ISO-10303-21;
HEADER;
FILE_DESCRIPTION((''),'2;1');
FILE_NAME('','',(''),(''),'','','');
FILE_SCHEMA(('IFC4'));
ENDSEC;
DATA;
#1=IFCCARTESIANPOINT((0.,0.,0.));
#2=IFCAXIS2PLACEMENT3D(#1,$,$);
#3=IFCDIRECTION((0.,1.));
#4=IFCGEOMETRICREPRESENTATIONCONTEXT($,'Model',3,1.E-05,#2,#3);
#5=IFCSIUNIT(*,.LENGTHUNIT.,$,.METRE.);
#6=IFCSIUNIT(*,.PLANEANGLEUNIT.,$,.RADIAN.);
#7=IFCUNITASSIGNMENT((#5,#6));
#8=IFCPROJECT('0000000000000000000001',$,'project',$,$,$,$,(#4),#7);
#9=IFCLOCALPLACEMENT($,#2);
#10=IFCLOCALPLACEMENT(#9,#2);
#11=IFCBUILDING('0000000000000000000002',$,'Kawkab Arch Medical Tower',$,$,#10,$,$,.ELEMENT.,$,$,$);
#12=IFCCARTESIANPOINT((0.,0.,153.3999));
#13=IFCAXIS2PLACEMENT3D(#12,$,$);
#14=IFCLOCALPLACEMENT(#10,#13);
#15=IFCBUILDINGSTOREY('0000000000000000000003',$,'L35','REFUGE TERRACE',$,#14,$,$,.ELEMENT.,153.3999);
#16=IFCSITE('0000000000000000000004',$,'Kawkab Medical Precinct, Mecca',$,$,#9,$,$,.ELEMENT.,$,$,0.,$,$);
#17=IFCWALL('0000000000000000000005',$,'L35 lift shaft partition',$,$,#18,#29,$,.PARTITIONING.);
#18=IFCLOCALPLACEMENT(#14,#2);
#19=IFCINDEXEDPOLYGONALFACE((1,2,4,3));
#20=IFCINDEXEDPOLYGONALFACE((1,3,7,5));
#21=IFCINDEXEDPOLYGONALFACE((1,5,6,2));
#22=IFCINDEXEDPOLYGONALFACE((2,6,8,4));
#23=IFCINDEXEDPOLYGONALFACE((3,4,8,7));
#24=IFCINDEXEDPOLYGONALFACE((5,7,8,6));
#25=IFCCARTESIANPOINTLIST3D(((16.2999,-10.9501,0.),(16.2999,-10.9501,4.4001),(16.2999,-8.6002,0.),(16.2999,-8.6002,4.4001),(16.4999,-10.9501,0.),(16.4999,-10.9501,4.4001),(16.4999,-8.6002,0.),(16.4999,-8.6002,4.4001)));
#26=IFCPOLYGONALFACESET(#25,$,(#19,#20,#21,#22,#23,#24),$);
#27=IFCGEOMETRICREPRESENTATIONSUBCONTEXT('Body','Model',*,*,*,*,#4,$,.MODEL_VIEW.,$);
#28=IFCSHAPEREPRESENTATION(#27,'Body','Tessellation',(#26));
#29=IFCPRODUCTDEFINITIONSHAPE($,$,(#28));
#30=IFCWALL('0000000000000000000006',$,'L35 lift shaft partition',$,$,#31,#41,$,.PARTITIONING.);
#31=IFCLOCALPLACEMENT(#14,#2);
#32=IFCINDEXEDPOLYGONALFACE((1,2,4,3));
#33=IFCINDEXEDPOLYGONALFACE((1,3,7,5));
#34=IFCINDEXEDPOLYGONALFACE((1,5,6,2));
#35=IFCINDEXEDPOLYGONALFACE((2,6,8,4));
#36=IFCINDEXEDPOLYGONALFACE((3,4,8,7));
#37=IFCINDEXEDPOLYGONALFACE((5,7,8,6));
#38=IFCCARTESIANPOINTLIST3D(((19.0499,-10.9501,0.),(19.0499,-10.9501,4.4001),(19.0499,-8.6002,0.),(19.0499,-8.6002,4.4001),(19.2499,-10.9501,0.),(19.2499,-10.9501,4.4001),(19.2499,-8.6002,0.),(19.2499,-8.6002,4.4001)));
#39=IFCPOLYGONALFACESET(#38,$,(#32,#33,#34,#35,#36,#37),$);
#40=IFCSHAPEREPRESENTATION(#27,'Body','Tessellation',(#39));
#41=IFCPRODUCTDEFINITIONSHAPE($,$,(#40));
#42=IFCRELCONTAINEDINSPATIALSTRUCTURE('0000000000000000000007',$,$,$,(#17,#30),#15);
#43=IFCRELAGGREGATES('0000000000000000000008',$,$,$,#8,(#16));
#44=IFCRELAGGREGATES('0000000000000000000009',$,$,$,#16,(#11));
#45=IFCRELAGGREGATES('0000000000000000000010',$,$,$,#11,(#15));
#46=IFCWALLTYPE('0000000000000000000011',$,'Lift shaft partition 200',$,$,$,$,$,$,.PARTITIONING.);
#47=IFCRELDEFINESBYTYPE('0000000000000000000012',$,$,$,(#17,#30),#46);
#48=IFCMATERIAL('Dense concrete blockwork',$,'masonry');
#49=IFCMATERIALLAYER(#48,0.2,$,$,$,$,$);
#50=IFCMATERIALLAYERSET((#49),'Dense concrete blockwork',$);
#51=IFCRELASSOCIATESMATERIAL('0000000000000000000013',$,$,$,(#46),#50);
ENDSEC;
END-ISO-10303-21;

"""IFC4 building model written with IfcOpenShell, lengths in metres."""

from ifc_helpers import new_model, si_unit, direction, frame, frame_2d, origin, place, context, subcontext, project, spatial, rectangle, extrude, material, layer, layer_set, type_object, element, save


model = new_model("IFC4")

# Units and contexts
model_context = context("Model", 3, precision=1e-05, world=origin(), true_north=direction((0.0, 1.0)))
body_context = subcontext(model_context, "Body", "Model", "MODEL_VIEW")
ifc_project = project(units=[si_unit("LENGTHUNIT", "METRE"), si_unit("PLANEANGLEUNIT", "RADIAN")], contexts=[model_context])

# Site, building, storey
site_placement = place(None, origin())
site = spatial("IfcSite", under=ifc_project, at=site_placement, Name="Kawkab Medical Precinct, Mecca", CompositionType="ELEMENT", RefElevation=0.0)
building_placement = place(site_placement, origin())
building = spatial("IfcBuilding", under=site, at=building_placement, Name="Kawkab Arch Medical Tower", CompositionType="ELEMENT")
storey_placement = place(building_placement, frame((0.0, 0.0, 153.3999)))
storey = spatial("IfcBuildingStorey", under=building, at=storey_placement, Name="L35", Description="REFUGE TERRACE", CompositionType="ELEMENT", Elevation=153.3999)

# Walls
ifc_material_1 = material(Name="Dense concrete blockwork", Category="masonry")
ifc_layer_1 = layer(ifc_material_1, 0.2)
ifc_layer_set_1 = layer_set([ifc_layer_1], Name="Dense concrete blockwork")
wall_type_1 = type_object("IfcWallType", Name="Lift shaft partition 200", PredefinedType="PARTITIONING", material=ifc_layer_set_1)
for number, where, z_axis, x_axis, name in (
    (1, (16.3999, -10.95, 0.0), (0.0, 0.0, 1.0), (0.0, 1.0, 0.0), "L35 lift shaft partition"),
    (2, (19.1499, -10.95, 0.0), (0.0, 0.0, 1.0), (0.0, 1.0, 0.0), "L35 lift shaft partition"),
):
    element("IfcWall", number, at=place(storey_placement, frame(where, z_axis=z_axis, x_axis=x_axis)), inside=storey, type_object=wall_type_1, Name=name, PredefinedType="PARTITIONING", context=body_context, shape_type="SweptSolid", body=[
        extrude(rectangle(XDim=2.3499, YDim=0.2, at=frame_2d((1.1748, 0.0))), origin(), (0.0, 0.0, 1.0), 4.4001),
    ])

save(model, "model.ifc")
